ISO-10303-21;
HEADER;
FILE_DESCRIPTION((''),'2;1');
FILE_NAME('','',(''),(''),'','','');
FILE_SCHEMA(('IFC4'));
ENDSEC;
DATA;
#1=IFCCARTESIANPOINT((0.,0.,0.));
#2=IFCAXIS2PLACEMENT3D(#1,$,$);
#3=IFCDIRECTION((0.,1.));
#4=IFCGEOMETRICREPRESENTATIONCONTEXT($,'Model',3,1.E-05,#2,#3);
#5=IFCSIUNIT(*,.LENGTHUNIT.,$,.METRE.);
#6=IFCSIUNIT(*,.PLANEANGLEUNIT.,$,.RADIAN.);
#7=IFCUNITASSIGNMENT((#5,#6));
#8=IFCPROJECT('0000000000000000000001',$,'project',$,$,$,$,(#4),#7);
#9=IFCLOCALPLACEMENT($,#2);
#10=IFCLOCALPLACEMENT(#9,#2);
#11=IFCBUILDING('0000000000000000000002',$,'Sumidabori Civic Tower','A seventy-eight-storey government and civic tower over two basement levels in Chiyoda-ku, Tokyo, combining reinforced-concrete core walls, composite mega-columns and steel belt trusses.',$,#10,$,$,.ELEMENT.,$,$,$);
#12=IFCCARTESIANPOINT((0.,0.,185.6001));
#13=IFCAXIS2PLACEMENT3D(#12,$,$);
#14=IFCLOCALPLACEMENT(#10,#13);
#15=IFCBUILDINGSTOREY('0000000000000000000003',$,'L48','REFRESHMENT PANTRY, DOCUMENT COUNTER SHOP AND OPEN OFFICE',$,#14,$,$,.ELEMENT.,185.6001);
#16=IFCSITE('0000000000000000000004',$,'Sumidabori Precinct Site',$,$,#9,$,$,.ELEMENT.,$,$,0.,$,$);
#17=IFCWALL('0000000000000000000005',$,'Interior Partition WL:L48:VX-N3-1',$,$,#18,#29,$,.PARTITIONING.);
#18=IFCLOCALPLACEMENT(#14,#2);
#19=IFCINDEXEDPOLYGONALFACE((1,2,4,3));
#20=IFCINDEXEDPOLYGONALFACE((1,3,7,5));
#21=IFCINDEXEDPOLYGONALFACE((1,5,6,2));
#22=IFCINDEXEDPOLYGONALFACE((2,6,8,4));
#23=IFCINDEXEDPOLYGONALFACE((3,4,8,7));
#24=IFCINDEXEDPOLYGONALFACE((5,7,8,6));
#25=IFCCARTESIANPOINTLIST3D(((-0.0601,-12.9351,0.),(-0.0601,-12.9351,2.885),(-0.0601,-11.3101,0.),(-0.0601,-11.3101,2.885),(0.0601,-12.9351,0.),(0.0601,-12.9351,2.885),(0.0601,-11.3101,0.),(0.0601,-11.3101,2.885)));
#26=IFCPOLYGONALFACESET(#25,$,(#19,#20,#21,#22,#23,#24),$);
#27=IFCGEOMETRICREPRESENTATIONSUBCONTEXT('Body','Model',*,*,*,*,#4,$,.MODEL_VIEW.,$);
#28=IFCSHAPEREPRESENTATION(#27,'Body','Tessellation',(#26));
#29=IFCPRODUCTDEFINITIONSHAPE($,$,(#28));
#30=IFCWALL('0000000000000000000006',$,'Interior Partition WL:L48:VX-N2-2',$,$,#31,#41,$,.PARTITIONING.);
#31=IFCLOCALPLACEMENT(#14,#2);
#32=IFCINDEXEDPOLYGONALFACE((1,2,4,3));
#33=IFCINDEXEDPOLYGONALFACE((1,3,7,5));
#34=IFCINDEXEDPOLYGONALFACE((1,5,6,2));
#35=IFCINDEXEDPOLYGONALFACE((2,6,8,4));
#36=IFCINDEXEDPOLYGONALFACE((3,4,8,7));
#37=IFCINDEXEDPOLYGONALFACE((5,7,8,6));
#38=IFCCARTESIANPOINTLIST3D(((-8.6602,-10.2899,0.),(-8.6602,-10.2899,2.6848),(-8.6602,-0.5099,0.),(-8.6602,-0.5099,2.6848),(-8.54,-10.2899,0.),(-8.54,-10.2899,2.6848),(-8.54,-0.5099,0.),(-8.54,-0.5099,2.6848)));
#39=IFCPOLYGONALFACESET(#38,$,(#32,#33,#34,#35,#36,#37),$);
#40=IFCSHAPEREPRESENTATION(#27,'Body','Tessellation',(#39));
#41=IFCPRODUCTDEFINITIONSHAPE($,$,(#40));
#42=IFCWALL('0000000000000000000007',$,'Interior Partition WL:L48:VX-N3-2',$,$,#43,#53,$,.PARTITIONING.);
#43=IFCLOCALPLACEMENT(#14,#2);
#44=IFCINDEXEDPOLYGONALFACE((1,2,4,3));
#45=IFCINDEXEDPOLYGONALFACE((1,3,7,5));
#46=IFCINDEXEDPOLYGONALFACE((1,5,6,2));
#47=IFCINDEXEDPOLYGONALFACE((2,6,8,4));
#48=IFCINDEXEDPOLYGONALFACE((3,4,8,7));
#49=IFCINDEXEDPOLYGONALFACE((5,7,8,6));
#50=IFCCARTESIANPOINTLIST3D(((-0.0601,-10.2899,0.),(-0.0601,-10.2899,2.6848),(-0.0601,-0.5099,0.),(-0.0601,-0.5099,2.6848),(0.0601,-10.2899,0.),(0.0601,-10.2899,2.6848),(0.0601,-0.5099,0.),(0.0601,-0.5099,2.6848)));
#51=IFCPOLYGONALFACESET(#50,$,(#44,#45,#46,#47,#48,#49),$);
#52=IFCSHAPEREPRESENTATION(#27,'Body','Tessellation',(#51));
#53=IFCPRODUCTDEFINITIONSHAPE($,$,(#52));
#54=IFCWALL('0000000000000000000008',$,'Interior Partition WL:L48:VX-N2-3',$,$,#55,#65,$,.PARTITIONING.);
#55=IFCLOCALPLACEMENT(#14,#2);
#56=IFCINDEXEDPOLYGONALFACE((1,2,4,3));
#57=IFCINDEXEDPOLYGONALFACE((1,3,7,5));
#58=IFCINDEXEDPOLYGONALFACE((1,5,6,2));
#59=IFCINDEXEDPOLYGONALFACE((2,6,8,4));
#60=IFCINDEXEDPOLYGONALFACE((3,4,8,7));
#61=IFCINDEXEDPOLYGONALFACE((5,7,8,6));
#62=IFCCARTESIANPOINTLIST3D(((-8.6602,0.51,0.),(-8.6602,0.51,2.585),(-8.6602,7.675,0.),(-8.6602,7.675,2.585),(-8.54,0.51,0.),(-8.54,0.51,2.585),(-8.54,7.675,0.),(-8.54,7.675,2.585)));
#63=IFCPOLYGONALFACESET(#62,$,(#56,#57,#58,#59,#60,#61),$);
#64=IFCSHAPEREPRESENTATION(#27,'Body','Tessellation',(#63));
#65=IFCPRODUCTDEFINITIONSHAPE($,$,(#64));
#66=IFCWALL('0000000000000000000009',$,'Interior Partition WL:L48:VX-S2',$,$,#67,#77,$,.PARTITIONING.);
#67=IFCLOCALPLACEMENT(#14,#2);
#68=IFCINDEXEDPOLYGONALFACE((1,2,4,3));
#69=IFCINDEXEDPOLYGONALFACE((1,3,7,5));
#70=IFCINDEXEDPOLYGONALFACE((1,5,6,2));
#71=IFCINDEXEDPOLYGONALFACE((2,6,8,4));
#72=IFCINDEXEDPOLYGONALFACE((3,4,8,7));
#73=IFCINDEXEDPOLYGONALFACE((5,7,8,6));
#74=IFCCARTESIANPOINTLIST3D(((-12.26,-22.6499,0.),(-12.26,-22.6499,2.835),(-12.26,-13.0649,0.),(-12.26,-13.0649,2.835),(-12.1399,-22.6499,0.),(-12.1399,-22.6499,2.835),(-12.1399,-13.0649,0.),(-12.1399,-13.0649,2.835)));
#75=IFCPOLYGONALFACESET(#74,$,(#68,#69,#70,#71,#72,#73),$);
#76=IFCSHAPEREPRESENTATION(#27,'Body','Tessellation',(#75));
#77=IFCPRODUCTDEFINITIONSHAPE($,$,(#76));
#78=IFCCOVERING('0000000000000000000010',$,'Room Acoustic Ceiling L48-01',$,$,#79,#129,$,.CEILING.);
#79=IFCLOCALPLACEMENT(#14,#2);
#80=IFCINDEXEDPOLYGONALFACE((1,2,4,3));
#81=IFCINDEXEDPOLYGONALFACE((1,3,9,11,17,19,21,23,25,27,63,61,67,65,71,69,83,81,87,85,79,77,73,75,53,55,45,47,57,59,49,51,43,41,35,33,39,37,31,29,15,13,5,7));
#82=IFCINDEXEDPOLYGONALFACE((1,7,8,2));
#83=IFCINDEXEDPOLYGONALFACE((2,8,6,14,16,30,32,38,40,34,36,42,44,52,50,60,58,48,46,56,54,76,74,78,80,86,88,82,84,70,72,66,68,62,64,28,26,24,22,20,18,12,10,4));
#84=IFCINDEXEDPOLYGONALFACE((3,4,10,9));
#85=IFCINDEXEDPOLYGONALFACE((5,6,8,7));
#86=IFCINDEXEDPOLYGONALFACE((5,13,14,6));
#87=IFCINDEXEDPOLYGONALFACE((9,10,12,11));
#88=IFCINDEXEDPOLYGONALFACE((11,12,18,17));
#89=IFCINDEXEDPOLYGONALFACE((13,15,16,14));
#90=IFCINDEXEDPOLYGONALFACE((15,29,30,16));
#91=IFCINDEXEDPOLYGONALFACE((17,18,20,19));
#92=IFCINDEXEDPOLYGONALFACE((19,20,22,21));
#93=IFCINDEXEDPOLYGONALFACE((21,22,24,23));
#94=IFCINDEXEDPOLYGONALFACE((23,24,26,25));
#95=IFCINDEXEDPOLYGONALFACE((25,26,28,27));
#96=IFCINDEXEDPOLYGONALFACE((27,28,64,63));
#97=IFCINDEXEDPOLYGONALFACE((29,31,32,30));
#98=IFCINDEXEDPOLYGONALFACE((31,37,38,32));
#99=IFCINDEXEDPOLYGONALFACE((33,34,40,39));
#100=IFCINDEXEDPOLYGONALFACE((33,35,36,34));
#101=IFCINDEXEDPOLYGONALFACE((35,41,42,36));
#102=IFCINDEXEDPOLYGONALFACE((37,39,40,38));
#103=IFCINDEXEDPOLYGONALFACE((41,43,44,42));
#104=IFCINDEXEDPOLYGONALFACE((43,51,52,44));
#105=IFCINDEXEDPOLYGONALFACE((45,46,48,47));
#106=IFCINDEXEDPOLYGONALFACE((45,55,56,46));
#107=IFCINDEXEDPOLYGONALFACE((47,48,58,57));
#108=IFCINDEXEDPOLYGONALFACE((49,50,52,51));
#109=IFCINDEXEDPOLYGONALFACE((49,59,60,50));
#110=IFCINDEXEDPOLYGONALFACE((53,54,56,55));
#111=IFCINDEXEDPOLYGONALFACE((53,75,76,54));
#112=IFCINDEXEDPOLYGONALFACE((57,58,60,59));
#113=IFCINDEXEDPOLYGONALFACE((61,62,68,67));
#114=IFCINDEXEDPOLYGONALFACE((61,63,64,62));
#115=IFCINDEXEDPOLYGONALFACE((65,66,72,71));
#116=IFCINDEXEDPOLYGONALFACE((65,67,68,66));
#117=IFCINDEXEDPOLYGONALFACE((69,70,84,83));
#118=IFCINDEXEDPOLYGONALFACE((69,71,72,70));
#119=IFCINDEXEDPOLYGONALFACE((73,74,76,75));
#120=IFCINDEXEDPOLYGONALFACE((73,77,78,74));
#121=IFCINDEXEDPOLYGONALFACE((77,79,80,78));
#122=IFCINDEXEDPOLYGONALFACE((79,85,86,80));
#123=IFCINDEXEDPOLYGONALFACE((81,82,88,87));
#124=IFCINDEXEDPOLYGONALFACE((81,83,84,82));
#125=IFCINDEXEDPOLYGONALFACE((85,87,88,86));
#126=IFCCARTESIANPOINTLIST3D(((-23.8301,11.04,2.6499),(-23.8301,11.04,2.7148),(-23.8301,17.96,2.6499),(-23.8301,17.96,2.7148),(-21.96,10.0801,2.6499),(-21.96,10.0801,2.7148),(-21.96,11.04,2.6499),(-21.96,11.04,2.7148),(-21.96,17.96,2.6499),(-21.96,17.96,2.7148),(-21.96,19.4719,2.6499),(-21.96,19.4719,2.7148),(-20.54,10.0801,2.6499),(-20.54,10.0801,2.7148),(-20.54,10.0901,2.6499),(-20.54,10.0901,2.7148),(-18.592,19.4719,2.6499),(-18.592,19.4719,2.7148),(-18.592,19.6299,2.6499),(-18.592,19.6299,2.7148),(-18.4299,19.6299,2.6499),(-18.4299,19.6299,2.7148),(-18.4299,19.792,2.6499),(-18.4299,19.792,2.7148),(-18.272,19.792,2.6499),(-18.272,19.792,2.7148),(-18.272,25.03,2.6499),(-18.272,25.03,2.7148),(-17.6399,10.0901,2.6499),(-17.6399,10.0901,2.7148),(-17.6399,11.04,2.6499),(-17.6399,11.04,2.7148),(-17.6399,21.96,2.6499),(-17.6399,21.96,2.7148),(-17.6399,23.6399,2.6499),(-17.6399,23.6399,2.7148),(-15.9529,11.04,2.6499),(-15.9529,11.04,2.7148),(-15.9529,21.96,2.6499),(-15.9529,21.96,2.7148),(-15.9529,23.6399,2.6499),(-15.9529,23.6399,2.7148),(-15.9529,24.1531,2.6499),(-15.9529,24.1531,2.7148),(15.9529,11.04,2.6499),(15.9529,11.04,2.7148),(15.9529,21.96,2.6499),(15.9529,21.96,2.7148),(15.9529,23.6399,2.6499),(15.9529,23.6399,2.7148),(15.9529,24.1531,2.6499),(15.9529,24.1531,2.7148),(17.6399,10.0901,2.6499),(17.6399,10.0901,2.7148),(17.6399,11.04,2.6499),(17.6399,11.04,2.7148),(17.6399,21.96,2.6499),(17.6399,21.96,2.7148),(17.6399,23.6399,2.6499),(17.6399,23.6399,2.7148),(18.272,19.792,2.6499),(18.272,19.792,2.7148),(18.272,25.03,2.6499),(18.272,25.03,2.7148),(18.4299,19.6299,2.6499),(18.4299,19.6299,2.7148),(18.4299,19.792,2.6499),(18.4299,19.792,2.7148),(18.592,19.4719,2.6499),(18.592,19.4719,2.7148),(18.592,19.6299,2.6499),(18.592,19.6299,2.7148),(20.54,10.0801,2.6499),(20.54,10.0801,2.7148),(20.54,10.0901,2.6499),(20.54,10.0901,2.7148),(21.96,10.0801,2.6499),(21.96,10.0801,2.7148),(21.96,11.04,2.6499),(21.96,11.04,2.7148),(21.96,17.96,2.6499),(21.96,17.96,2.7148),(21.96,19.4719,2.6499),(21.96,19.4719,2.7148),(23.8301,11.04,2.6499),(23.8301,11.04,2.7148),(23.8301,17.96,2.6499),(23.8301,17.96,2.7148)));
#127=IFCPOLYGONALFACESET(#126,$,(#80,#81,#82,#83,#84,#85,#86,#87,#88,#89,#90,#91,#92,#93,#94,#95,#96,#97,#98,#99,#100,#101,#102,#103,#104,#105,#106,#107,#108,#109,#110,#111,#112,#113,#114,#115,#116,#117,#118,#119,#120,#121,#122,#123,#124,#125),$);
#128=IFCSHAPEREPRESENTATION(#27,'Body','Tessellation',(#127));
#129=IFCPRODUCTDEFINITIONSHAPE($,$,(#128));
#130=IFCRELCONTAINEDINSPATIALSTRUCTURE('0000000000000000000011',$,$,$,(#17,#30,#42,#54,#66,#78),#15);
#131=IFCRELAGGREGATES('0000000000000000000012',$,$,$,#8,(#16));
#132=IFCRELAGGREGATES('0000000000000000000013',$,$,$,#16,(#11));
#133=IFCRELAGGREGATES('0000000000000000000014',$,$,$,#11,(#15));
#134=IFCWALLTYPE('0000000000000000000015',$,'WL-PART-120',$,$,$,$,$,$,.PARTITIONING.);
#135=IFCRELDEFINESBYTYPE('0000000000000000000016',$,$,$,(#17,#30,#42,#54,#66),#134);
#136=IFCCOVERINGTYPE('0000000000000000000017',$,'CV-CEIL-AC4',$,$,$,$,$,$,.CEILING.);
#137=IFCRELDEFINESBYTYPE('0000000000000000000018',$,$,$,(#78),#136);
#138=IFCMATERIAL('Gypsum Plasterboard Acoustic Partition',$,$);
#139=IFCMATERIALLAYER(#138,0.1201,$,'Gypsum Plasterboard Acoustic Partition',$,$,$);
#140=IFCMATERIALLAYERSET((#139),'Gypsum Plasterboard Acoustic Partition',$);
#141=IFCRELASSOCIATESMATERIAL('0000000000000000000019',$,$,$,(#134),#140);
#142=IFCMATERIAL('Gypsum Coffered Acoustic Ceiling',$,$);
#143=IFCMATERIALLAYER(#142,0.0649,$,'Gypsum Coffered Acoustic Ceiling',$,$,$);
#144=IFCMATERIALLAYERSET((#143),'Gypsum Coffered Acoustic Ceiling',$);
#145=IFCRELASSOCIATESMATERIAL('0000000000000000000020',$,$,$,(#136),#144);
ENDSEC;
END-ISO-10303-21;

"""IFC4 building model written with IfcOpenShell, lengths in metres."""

from ifc_helpers import new_model, si_unit, direction, frame, frame_2d, origin, place, context, subcontext, project, spatial, polyline, rectangle, outline, extrude, source, transform, mapped, material, layer, layer_set, type_object, element, save


model = new_model("IFC4")

# Units and contexts
model_context = context("Model", 3, precision=1e-05, world=origin(), true_north=direction((0.0, 1.0)))
body_context = subcontext(model_context, "Body", "Model", "MODEL_VIEW")
ifc_project = project(units=[si_unit("LENGTHUNIT", "METRE"), si_unit("PLANEANGLEUNIT", "RADIAN")], contexts=[model_context])

# Site, building, storey
site_placement = place(None, origin())
site = spatial("IfcSite", under=ifc_project, at=site_placement, Name="Sumidabori Precinct Site", CompositionType="ELEMENT", RefElevation=0.0)
building_placement = place(site_placement, origin())
building = spatial("IfcBuilding", under=site, at=building_placement, Name="Sumidabori Civic Tower", Description="A seventy-eight-storey government and civic tower over two basement levels in Chiyoda-ku, Tokyo, combining reinforced-concrete core walls, composite mega-columns and steel belt trusses.", CompositionType="ELEMENT")
storey_placement = place(building_placement, frame((0.0, 0.0, 185.6001)))
storey = spatial("IfcBuildingStorey", under=building, at=storey_placement, Name="L48", Description="REFRESHMENT PANTRY, DOCUMENT COUNTER SHOP AND OPEN OFFICE", CompositionType="ELEMENT", Elevation=185.6001)

# Walls
ifc_material_1 = material(Name="Gypsum Plasterboard Acoustic Partition")
ifc_layer_1 = layer(ifc_material_1, 0.1201, Name="Gypsum Plasterboard Acoustic Partition")
ifc_layer_set_1 = layer_set([ifc_layer_1], Name="Gypsum Plasterboard Acoustic Partition")
wall_type = type_object("IfcWallType", Name="WL-PART-120", PredefinedType="PARTITIONING", material=ifc_layer_set_1)
shared_shape_1 = source(origin(), body_context, "Body", "SweptSolid", [
    extrude(rectangle(XDim=1.625, YDim=0.1201, at=frame_2d((0.8125, 0.0))), origin(), (0.0, 0.0, 1.0), 2.885),
])
for number, where, z_axis, x_axis, name in (
    (1, (0.0, -12.9351, 0.0), (0.0, 0.0, 1.0), (0.0, 1.0, 0.0), "Interior Partition WL:L48:VX-N3-1"),
):
    element("IfcWall", number, at=place(storey_placement, frame(where, z_axis=z_axis, x_axis=x_axis)), inside=storey, type_object=wall_type, Name=name, PredefinedType="PARTITIONING", context=body_context, shape_type="MappedRepresentation", body=[
        mapped(shared_shape_1, transform((0.0, 0.0, 0.0), x_axis=(1.0, 0.0, 0.0), y_axis=(0.0, 1.0, 0.0), z_axis=(0.0, 0.0, 1.0), scale=1.0)),
    ])
shared_shape_2 = source(origin(), body_context, "Body", "SweptSolid", [
    extrude(rectangle(XDim=9.78, YDim=0.1201, at=frame_2d((4.8901, 0.0))), origin(), (0.0, 0.0, 1.0), 2.6848),
])
for number, where, z_axis, x_axis, name in (
    (2, (-8.6001, -10.29, 0.0), (0.0, 0.0, 1.0), (0.0, 1.0, 0.0), "Interior Partition WL:L48:VX-N2-2"),
    (3, (0.0, -10.29, 0.0), (0.0, 0.0, 1.0), (0.0, 1.0, 0.0), "Interior Partition WL:L48:VX-N3-2"),
):
    element("IfcWall", number, at=place(storey_placement, frame(where, z_axis=z_axis, x_axis=x_axis)), inside=storey, type_object=wall_type, Name=name, PredefinedType="PARTITIONING", context=body_context, shape_type="MappedRepresentation", body=[
        mapped(shared_shape_2, transform((0.0, 0.0, 0.0), x_axis=(1.0, 0.0, 0.0), y_axis=(0.0, 1.0, 0.0), z_axis=(0.0, 0.0, 1.0), scale=1.0)),
    ])
shared_shape_3 = source(origin(), body_context, "Body", "SweptSolid", [
    extrude(rectangle(XDim=7.165, YDim=0.1201, at=frame_2d((3.5825, 0.0))), origin(), (0.0, 0.0, 1.0), 2.585),
])
wall_1_placement = place(storey_placement, frame((-8.6001, 0.51, 0.0), z_axis=(0.0, 0.0, 1.0), x_axis=(0.0, 1.0, 0.0)))
element("IfcWall", 4, at=wall_1_placement, inside=storey, type_object=wall_type, Name="Interior Partition WL:L48:VX-N2-3", PredefinedType="PARTITIONING", context=body_context, shape_type="MappedRepresentation", body=[
    mapped(shared_shape_3, transform((0.0, 0.0, 0.0), x_axis=(1.0, 0.0, 0.0), y_axis=(0.0, 1.0, 0.0), z_axis=(0.0, 0.0, 1.0), scale=1.0)),
])
shared_shape_4 = source(origin(), body_context, "Body", "SweptSolid", [
    extrude(rectangle(XDim=9.585, YDim=0.1201, at=frame_2d((4.7925, 0.0))), origin(), (0.0, 0.0, 1.0), 2.835),
])
wall_2_placement = place(storey_placement, frame((-12.2, -22.6499, 0.0), z_axis=(0.0, 0.0, 1.0), x_axis=(0.0, 1.0, 0.0)))
element("IfcWall", 5, at=wall_2_placement, inside=storey, type_object=wall_type, Name="Interior Partition WL:L48:VX-S2", PredefinedType="PARTITIONING", context=body_context, shape_type="MappedRepresentation", body=[
    mapped(shared_shape_4, transform((0.0, 0.0, 0.0), x_axis=(1.0, 0.0, 0.0), y_axis=(0.0, 1.0, 0.0), z_axis=(0.0, 0.0, 1.0), scale=1.0)),
])

# Covering
ifc_material_2 = material(Name="Gypsum Coffered Acoustic Ceiling")
ifc_layer_2 = layer(ifc_material_2, 0.0649, Name="Gypsum Coffered Acoustic Ceiling")
ifc_layer_set_2 = layer_set([ifc_layer_2], Name="Gypsum Coffered Acoustic Ceiling")
covering_type_1 = type_object("IfcCoveringType", Name="CV-CEIL-AC4", PredefinedType="CEILING", material=ifc_layer_set_2)
covering_1_placement = place(storey_placement, frame((0.0, 0.0, 2.6499)))
element("IfcCovering", 6, at=covering_1_placement, inside=storey, type_object=covering_type_1, Name="Room Acoustic Ceiling L48-01", PredefinedType="CEILING", context=body_context, shape_type="SweptSolid", body=[
    extrude(outline(polyline([(-23.8301, 17.96), (-21.96, 17.96), (-21.96, 19.4719), (-18.592, 19.4719), (-18.592, 19.6299), (-18.4299, 19.6299), (-18.4299, 19.792), (-18.272, 19.792), (-18.272, 25.03), (18.272, 25.03), (18.272, 19.792), (18.4299, 19.792), (18.4299, 19.6299), (18.592, 19.6299), (18.592, 19.4719), (21.96, 19.4719), (21.96, 17.96), (23.8301, 17.96), (23.8301, 11.04), (21.96, 11.04), (21.96, 10.0801), (20.54, 10.0801), (20.54, 10.0901), (17.6399, 10.0901), (17.6399, 11.04), (15.9529, 11.04), (15.9529, 21.96), (17.6399, 21.96), (17.6399, 23.6399), (15.9529, 23.6399), (15.9529, 24.1531), (-15.9529, 24.1531), (-15.9529, 23.6399), (-17.6399, 23.6399), (-17.6399, 21.96), (-15.9529, 21.96), (-15.9529, 11.04), (-17.6399, 11.04), (-17.6399, 10.0901), (-20.54, 10.0901), (-20.54, 10.0801), (-21.96, 10.0801), (-21.96, 11.04), (-23.8301, 11.04), (-23.8301, 17.96)])), origin(), (0.0, 0.0, 1.0), 0.0649),
])

save(model, "model.ifc")
